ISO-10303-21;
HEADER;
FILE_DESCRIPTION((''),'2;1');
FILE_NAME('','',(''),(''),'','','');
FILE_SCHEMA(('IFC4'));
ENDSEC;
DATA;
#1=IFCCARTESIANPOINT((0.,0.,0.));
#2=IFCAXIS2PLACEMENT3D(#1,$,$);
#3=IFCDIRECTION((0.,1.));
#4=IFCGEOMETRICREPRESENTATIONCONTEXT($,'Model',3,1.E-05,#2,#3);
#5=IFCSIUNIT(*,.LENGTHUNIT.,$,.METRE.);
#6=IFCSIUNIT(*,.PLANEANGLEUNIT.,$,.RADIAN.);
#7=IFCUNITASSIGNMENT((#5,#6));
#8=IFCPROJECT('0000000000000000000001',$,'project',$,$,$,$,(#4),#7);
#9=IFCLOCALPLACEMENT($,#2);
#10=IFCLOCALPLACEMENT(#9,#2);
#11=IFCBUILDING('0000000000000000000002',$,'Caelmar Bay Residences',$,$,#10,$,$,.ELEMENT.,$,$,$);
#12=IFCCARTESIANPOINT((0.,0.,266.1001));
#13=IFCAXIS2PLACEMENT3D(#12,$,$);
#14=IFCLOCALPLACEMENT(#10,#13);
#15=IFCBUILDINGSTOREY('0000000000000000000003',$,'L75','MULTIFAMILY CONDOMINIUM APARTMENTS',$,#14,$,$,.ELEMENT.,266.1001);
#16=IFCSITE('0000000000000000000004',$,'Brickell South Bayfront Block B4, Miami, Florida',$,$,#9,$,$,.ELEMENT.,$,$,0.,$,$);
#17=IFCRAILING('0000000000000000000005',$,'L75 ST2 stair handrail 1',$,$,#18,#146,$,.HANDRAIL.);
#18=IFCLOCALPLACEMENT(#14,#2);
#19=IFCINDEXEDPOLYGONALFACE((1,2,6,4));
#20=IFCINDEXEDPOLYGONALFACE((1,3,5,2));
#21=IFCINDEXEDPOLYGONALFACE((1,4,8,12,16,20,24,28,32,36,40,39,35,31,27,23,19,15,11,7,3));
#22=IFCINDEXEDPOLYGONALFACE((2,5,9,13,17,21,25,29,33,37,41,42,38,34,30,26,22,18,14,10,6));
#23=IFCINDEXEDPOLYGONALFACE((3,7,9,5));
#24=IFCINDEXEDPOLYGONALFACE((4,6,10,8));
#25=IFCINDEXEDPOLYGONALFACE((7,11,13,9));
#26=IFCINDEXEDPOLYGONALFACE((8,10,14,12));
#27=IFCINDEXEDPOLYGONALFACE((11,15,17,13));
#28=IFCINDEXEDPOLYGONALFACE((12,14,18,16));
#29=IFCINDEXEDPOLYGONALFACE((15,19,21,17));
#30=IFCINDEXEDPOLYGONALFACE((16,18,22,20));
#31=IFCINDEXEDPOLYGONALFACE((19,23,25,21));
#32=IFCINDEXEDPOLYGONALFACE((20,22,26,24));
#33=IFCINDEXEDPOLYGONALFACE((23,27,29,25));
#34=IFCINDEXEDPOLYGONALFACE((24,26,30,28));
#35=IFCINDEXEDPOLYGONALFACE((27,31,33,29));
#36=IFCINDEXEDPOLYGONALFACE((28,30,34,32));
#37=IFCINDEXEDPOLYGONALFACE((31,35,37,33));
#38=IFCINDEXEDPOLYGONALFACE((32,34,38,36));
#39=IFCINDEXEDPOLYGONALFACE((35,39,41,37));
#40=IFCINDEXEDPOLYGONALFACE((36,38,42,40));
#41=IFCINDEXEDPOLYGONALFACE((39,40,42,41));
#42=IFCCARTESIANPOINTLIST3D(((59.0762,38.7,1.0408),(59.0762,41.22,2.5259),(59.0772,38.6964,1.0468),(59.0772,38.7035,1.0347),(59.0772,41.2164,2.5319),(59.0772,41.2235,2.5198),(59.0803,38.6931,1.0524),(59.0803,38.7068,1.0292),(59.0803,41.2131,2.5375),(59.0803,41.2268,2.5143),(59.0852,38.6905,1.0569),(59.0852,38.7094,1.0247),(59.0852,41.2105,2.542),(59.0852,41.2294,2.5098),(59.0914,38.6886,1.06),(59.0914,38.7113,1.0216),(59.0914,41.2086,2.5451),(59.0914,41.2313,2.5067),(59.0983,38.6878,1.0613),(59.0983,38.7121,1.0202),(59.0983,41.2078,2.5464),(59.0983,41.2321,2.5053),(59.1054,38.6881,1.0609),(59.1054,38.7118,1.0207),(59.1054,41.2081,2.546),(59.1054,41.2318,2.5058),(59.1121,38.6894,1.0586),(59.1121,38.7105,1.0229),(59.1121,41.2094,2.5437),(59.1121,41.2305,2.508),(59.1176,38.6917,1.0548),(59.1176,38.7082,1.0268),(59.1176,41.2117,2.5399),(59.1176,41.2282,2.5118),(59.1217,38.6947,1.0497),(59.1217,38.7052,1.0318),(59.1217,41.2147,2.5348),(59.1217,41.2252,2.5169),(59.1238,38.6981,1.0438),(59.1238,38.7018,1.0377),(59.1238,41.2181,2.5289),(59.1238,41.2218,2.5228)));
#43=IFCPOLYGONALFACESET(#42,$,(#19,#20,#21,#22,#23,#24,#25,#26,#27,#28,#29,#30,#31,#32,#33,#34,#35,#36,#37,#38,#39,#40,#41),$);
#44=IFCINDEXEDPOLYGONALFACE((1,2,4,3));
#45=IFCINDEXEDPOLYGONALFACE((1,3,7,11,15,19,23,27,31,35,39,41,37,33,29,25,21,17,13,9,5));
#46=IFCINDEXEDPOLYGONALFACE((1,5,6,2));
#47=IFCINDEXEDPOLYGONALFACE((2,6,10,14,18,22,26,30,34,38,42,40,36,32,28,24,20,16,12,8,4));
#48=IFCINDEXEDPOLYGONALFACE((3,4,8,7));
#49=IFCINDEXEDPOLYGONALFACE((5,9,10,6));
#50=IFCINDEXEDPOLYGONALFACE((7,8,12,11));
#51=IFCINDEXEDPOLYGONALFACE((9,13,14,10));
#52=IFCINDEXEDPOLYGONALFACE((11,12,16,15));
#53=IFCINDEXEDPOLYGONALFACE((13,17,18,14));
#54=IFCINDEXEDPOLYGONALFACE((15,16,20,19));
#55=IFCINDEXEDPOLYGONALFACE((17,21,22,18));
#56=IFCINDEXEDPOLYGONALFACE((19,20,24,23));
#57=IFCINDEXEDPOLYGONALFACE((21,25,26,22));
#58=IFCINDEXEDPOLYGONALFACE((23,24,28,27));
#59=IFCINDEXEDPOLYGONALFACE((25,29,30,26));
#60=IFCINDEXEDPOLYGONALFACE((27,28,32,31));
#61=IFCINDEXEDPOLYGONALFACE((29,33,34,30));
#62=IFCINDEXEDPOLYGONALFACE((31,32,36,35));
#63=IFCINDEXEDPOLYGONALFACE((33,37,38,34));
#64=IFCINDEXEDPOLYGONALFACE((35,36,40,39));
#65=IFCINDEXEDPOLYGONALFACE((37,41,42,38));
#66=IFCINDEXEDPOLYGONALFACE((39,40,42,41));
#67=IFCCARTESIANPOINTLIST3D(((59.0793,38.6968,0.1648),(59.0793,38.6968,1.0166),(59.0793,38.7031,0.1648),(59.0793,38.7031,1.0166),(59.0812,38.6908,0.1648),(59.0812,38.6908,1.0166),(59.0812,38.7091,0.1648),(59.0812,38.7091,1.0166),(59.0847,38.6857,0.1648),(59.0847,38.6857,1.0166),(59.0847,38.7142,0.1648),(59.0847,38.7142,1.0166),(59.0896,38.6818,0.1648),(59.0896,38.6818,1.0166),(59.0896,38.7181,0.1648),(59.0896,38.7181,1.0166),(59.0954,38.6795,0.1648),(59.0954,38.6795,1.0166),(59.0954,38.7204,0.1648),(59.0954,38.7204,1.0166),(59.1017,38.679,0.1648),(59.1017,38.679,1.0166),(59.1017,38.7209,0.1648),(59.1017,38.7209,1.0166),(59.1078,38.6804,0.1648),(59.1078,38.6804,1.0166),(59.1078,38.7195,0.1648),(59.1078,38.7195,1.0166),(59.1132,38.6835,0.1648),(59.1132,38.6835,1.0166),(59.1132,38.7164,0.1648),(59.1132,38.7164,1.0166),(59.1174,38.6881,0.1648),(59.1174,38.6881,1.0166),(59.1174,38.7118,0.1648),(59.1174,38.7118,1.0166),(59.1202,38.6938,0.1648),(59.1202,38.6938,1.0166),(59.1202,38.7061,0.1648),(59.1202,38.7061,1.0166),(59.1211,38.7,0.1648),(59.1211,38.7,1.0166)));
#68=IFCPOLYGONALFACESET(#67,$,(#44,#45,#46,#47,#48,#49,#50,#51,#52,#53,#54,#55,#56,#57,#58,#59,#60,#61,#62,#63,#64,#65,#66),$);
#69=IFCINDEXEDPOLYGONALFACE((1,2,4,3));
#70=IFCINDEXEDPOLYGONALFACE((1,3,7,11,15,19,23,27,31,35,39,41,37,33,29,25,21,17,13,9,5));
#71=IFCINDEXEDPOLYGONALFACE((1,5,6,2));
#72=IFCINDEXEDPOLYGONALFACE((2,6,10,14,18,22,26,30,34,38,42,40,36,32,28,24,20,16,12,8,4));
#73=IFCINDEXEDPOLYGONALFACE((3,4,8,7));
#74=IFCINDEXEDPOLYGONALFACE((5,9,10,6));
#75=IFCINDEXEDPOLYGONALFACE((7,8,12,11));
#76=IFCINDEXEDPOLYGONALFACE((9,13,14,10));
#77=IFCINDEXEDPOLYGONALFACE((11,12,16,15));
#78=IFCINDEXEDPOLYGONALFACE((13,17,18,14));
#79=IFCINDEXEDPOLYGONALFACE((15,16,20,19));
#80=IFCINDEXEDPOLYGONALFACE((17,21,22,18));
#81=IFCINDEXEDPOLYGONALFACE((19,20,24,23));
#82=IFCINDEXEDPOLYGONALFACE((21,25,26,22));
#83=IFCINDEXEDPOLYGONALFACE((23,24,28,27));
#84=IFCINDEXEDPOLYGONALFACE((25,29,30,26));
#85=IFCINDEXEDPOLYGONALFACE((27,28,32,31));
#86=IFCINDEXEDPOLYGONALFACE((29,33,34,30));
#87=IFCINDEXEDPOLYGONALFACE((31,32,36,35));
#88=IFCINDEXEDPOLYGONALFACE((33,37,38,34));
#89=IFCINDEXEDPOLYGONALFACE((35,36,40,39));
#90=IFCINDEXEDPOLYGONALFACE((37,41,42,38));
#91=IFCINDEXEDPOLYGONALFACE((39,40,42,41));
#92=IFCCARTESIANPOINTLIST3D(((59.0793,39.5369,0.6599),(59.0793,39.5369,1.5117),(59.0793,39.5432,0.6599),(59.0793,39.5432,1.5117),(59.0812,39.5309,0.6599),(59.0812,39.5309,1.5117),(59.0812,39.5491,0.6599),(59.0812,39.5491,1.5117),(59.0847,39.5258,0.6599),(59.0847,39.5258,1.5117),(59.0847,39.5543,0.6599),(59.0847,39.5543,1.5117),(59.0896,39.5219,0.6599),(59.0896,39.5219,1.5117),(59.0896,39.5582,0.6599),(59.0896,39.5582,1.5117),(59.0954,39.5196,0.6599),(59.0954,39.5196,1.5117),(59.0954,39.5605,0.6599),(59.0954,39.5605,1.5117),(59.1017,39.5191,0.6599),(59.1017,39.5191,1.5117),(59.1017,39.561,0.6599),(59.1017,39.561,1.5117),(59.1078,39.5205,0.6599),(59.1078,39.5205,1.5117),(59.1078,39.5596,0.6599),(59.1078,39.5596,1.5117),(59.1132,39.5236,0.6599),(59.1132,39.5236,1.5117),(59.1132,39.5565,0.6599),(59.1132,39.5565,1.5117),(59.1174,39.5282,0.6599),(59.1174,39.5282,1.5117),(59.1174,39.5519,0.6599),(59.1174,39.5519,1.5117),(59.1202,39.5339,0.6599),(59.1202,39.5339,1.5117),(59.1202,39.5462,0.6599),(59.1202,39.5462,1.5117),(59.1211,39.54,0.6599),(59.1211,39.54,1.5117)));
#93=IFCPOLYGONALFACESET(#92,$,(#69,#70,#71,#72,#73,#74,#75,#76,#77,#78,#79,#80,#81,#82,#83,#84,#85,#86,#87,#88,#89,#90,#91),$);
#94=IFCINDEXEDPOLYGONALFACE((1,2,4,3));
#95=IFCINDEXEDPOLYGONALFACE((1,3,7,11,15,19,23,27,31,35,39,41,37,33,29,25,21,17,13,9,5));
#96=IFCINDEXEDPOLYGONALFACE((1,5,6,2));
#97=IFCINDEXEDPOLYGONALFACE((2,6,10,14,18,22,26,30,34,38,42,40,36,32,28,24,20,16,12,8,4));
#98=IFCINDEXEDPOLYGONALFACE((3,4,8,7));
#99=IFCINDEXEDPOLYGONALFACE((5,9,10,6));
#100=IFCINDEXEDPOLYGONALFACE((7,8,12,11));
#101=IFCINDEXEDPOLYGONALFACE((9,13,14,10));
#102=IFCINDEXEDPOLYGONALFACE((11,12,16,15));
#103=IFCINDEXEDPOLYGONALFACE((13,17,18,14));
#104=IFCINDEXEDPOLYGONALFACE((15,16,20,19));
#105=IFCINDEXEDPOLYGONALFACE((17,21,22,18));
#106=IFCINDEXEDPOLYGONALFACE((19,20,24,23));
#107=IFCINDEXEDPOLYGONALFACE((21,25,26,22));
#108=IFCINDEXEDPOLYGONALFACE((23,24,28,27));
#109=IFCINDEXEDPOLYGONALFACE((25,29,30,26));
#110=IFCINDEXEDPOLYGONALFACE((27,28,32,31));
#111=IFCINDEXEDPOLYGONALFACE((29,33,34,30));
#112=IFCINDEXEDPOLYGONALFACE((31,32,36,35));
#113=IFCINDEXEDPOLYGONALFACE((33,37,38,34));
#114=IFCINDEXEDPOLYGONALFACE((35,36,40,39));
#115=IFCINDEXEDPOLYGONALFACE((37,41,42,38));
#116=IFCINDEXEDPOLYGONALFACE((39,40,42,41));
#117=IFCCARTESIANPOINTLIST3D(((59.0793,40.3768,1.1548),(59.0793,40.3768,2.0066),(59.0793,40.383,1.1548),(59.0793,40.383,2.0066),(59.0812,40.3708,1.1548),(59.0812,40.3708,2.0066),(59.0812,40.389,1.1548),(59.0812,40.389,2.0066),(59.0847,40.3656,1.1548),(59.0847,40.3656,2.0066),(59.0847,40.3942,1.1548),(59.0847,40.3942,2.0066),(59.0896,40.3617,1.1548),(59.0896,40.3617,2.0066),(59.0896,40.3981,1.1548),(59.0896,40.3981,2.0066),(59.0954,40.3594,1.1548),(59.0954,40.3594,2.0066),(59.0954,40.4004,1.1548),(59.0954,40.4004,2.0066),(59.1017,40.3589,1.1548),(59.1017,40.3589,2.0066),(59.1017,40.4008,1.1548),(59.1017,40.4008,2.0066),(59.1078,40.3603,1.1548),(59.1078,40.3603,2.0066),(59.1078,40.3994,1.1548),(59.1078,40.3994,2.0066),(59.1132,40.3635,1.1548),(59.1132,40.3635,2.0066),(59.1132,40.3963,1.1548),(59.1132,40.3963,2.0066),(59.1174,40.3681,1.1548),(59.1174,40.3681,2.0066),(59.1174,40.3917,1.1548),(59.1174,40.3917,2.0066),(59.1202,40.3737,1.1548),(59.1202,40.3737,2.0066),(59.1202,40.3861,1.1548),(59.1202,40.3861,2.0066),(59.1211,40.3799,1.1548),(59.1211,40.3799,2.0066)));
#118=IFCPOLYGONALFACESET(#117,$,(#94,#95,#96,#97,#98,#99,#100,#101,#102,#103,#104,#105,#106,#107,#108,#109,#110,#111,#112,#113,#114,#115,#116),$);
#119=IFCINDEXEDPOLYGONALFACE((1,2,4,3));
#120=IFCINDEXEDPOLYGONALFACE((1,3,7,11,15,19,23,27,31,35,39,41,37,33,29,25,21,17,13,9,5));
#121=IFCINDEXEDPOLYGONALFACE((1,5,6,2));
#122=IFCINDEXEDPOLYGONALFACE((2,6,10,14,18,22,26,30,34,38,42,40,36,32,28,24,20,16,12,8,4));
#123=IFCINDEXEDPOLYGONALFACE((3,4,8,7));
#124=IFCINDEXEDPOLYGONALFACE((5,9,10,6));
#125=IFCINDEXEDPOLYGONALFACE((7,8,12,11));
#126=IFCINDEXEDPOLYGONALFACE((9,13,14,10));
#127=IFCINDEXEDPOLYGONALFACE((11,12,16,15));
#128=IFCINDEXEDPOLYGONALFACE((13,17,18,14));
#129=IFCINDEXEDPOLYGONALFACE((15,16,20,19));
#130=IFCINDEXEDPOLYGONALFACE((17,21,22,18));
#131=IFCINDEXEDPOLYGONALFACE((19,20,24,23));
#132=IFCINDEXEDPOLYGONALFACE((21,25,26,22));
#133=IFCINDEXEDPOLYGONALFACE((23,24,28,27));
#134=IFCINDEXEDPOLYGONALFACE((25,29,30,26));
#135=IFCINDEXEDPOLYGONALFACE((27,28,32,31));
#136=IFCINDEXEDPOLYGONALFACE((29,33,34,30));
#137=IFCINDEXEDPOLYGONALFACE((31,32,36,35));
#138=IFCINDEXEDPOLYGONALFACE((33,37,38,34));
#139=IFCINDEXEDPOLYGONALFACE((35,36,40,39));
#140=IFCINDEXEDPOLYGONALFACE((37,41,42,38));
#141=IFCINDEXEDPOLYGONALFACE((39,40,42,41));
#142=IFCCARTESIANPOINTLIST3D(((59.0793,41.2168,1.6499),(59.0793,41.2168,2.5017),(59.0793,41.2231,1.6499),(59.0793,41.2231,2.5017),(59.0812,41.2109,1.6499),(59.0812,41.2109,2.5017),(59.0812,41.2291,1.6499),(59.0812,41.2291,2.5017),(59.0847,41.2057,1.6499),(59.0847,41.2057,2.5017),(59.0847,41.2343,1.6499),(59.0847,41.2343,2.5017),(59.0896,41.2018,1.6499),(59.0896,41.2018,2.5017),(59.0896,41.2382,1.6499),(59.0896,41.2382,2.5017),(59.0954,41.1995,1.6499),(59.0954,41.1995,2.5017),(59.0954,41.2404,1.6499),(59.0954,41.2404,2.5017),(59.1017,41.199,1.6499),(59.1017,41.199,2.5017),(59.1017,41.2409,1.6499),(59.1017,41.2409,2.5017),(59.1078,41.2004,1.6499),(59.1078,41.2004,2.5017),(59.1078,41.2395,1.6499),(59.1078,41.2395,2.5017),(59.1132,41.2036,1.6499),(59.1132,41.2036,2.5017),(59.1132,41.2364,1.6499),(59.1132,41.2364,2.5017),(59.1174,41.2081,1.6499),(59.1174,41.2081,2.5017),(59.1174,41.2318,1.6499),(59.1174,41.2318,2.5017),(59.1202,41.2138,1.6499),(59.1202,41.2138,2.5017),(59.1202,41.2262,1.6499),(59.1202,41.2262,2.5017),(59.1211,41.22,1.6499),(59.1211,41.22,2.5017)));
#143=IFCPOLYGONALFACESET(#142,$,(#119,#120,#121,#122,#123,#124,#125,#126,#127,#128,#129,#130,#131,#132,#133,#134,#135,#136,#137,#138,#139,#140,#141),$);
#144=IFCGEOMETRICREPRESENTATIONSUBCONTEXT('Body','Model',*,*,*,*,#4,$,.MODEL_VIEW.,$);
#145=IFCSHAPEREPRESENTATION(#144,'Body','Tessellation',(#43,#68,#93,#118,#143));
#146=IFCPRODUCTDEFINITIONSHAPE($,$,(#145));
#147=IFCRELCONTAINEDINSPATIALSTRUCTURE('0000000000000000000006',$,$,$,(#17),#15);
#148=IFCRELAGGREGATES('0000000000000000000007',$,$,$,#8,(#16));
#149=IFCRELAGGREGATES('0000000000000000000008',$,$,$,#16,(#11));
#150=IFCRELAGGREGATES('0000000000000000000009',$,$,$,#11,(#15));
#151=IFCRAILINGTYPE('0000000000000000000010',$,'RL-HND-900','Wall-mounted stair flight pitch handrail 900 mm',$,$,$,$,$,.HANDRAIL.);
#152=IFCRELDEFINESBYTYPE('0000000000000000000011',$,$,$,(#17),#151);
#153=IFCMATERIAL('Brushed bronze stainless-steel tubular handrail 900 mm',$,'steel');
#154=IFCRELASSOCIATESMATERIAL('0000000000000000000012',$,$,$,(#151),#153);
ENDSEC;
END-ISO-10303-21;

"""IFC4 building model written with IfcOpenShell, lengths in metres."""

from ifc_helpers import new_model, si_unit, direction, frame, origin, origin_2d, place, context, subcontext, project, spatial, circle, extrude, material, type_object, element, save


model = new_model("IFC4")

# Units and contexts
model_context = context("Model", 3, precision=1e-05, world=origin(), true_north=direction((0.0, 1.0)))
body_context = subcontext(model_context, "Body", "Model", "MODEL_VIEW")
ifc_project = project(units=[si_unit("LENGTHUNIT", "METRE"), si_unit("PLANEANGLEUNIT", "RADIAN")], contexts=[model_context])

# Site, building, storey
site_placement = place(None, origin())
site = spatial("IfcSite", under=ifc_project, at=site_placement, Name="Brickell South Bayfront Block B4, Miami, Florida", CompositionType="ELEMENT", RefElevation=0.0)
building_placement = place(site_placement, origin())
building = spatial("IfcBuilding", under=site, at=building_placement, Name="Caelmar Bay Residences", CompositionType="ELEMENT")
storey_placement = place(building_placement, frame((0.0, 0.0, 266.1001)))
storey = spatial("IfcBuildingStorey", under=building, at=storey_placement, Name="L75", Description="MULTIFAMILY CONDOMINIUM APARTMENTS", CompositionType="ELEMENT", Elevation=266.1001)

# Railing
ifc_material_1 = material(Name="Brushed bronze stainless-steel tubular handrail 900 mm", Category="steel")
railing_type_1 = type_object("IfcRailingType", Name="RL-HND-900", Description="Wall-mounted stair flight pitch handrail 900 mm", PredefinedType="HANDRAIL", material=ifc_material_1)
railing_1_placement = place(storey_placement, frame((59.1001, 38.7, 0.1648)))
element("IfcRailing", 1, at=railing_1_placement, inside=storey, type_object=railing_type_1, Name="L75 ST2 stair handrail 1", PredefinedType="HANDRAIL", context=body_context, shape_type="SweptSolid", body=[
    extrude(circle(Radius=0.0239, at=origin_2d()), frame((0.0, 0.0, 0.876), z_axis=(0.0, 0.861524, 0.507717), x_axis=(-1.0, 0.0, 0.0)), (0.0, 0.0, 1.0), 2.925),
    extrude(circle(Radius=0.021, at=origin_2d()), origin(), (0.0, 0.0, 1.0), 0.8518),
    extrude(circle(Radius=0.021, at=origin_2d()), frame((0.0, 0.8401, 0.4951)), (0.0, 0.0, 1.0), 0.8518),
    extrude(circle(Radius=0.021, at=origin_2d()), frame((0.0, 1.6799, 0.99)), (0.0, 0.0, 1.0), 0.8518),
    extrude(circle(Radius=0.021, at=origin_2d()), frame((0.0, 2.52, 1.4851)), (0.0, 0.0, 1.0), 0.8518),
])

save(model, "model.ifc")
